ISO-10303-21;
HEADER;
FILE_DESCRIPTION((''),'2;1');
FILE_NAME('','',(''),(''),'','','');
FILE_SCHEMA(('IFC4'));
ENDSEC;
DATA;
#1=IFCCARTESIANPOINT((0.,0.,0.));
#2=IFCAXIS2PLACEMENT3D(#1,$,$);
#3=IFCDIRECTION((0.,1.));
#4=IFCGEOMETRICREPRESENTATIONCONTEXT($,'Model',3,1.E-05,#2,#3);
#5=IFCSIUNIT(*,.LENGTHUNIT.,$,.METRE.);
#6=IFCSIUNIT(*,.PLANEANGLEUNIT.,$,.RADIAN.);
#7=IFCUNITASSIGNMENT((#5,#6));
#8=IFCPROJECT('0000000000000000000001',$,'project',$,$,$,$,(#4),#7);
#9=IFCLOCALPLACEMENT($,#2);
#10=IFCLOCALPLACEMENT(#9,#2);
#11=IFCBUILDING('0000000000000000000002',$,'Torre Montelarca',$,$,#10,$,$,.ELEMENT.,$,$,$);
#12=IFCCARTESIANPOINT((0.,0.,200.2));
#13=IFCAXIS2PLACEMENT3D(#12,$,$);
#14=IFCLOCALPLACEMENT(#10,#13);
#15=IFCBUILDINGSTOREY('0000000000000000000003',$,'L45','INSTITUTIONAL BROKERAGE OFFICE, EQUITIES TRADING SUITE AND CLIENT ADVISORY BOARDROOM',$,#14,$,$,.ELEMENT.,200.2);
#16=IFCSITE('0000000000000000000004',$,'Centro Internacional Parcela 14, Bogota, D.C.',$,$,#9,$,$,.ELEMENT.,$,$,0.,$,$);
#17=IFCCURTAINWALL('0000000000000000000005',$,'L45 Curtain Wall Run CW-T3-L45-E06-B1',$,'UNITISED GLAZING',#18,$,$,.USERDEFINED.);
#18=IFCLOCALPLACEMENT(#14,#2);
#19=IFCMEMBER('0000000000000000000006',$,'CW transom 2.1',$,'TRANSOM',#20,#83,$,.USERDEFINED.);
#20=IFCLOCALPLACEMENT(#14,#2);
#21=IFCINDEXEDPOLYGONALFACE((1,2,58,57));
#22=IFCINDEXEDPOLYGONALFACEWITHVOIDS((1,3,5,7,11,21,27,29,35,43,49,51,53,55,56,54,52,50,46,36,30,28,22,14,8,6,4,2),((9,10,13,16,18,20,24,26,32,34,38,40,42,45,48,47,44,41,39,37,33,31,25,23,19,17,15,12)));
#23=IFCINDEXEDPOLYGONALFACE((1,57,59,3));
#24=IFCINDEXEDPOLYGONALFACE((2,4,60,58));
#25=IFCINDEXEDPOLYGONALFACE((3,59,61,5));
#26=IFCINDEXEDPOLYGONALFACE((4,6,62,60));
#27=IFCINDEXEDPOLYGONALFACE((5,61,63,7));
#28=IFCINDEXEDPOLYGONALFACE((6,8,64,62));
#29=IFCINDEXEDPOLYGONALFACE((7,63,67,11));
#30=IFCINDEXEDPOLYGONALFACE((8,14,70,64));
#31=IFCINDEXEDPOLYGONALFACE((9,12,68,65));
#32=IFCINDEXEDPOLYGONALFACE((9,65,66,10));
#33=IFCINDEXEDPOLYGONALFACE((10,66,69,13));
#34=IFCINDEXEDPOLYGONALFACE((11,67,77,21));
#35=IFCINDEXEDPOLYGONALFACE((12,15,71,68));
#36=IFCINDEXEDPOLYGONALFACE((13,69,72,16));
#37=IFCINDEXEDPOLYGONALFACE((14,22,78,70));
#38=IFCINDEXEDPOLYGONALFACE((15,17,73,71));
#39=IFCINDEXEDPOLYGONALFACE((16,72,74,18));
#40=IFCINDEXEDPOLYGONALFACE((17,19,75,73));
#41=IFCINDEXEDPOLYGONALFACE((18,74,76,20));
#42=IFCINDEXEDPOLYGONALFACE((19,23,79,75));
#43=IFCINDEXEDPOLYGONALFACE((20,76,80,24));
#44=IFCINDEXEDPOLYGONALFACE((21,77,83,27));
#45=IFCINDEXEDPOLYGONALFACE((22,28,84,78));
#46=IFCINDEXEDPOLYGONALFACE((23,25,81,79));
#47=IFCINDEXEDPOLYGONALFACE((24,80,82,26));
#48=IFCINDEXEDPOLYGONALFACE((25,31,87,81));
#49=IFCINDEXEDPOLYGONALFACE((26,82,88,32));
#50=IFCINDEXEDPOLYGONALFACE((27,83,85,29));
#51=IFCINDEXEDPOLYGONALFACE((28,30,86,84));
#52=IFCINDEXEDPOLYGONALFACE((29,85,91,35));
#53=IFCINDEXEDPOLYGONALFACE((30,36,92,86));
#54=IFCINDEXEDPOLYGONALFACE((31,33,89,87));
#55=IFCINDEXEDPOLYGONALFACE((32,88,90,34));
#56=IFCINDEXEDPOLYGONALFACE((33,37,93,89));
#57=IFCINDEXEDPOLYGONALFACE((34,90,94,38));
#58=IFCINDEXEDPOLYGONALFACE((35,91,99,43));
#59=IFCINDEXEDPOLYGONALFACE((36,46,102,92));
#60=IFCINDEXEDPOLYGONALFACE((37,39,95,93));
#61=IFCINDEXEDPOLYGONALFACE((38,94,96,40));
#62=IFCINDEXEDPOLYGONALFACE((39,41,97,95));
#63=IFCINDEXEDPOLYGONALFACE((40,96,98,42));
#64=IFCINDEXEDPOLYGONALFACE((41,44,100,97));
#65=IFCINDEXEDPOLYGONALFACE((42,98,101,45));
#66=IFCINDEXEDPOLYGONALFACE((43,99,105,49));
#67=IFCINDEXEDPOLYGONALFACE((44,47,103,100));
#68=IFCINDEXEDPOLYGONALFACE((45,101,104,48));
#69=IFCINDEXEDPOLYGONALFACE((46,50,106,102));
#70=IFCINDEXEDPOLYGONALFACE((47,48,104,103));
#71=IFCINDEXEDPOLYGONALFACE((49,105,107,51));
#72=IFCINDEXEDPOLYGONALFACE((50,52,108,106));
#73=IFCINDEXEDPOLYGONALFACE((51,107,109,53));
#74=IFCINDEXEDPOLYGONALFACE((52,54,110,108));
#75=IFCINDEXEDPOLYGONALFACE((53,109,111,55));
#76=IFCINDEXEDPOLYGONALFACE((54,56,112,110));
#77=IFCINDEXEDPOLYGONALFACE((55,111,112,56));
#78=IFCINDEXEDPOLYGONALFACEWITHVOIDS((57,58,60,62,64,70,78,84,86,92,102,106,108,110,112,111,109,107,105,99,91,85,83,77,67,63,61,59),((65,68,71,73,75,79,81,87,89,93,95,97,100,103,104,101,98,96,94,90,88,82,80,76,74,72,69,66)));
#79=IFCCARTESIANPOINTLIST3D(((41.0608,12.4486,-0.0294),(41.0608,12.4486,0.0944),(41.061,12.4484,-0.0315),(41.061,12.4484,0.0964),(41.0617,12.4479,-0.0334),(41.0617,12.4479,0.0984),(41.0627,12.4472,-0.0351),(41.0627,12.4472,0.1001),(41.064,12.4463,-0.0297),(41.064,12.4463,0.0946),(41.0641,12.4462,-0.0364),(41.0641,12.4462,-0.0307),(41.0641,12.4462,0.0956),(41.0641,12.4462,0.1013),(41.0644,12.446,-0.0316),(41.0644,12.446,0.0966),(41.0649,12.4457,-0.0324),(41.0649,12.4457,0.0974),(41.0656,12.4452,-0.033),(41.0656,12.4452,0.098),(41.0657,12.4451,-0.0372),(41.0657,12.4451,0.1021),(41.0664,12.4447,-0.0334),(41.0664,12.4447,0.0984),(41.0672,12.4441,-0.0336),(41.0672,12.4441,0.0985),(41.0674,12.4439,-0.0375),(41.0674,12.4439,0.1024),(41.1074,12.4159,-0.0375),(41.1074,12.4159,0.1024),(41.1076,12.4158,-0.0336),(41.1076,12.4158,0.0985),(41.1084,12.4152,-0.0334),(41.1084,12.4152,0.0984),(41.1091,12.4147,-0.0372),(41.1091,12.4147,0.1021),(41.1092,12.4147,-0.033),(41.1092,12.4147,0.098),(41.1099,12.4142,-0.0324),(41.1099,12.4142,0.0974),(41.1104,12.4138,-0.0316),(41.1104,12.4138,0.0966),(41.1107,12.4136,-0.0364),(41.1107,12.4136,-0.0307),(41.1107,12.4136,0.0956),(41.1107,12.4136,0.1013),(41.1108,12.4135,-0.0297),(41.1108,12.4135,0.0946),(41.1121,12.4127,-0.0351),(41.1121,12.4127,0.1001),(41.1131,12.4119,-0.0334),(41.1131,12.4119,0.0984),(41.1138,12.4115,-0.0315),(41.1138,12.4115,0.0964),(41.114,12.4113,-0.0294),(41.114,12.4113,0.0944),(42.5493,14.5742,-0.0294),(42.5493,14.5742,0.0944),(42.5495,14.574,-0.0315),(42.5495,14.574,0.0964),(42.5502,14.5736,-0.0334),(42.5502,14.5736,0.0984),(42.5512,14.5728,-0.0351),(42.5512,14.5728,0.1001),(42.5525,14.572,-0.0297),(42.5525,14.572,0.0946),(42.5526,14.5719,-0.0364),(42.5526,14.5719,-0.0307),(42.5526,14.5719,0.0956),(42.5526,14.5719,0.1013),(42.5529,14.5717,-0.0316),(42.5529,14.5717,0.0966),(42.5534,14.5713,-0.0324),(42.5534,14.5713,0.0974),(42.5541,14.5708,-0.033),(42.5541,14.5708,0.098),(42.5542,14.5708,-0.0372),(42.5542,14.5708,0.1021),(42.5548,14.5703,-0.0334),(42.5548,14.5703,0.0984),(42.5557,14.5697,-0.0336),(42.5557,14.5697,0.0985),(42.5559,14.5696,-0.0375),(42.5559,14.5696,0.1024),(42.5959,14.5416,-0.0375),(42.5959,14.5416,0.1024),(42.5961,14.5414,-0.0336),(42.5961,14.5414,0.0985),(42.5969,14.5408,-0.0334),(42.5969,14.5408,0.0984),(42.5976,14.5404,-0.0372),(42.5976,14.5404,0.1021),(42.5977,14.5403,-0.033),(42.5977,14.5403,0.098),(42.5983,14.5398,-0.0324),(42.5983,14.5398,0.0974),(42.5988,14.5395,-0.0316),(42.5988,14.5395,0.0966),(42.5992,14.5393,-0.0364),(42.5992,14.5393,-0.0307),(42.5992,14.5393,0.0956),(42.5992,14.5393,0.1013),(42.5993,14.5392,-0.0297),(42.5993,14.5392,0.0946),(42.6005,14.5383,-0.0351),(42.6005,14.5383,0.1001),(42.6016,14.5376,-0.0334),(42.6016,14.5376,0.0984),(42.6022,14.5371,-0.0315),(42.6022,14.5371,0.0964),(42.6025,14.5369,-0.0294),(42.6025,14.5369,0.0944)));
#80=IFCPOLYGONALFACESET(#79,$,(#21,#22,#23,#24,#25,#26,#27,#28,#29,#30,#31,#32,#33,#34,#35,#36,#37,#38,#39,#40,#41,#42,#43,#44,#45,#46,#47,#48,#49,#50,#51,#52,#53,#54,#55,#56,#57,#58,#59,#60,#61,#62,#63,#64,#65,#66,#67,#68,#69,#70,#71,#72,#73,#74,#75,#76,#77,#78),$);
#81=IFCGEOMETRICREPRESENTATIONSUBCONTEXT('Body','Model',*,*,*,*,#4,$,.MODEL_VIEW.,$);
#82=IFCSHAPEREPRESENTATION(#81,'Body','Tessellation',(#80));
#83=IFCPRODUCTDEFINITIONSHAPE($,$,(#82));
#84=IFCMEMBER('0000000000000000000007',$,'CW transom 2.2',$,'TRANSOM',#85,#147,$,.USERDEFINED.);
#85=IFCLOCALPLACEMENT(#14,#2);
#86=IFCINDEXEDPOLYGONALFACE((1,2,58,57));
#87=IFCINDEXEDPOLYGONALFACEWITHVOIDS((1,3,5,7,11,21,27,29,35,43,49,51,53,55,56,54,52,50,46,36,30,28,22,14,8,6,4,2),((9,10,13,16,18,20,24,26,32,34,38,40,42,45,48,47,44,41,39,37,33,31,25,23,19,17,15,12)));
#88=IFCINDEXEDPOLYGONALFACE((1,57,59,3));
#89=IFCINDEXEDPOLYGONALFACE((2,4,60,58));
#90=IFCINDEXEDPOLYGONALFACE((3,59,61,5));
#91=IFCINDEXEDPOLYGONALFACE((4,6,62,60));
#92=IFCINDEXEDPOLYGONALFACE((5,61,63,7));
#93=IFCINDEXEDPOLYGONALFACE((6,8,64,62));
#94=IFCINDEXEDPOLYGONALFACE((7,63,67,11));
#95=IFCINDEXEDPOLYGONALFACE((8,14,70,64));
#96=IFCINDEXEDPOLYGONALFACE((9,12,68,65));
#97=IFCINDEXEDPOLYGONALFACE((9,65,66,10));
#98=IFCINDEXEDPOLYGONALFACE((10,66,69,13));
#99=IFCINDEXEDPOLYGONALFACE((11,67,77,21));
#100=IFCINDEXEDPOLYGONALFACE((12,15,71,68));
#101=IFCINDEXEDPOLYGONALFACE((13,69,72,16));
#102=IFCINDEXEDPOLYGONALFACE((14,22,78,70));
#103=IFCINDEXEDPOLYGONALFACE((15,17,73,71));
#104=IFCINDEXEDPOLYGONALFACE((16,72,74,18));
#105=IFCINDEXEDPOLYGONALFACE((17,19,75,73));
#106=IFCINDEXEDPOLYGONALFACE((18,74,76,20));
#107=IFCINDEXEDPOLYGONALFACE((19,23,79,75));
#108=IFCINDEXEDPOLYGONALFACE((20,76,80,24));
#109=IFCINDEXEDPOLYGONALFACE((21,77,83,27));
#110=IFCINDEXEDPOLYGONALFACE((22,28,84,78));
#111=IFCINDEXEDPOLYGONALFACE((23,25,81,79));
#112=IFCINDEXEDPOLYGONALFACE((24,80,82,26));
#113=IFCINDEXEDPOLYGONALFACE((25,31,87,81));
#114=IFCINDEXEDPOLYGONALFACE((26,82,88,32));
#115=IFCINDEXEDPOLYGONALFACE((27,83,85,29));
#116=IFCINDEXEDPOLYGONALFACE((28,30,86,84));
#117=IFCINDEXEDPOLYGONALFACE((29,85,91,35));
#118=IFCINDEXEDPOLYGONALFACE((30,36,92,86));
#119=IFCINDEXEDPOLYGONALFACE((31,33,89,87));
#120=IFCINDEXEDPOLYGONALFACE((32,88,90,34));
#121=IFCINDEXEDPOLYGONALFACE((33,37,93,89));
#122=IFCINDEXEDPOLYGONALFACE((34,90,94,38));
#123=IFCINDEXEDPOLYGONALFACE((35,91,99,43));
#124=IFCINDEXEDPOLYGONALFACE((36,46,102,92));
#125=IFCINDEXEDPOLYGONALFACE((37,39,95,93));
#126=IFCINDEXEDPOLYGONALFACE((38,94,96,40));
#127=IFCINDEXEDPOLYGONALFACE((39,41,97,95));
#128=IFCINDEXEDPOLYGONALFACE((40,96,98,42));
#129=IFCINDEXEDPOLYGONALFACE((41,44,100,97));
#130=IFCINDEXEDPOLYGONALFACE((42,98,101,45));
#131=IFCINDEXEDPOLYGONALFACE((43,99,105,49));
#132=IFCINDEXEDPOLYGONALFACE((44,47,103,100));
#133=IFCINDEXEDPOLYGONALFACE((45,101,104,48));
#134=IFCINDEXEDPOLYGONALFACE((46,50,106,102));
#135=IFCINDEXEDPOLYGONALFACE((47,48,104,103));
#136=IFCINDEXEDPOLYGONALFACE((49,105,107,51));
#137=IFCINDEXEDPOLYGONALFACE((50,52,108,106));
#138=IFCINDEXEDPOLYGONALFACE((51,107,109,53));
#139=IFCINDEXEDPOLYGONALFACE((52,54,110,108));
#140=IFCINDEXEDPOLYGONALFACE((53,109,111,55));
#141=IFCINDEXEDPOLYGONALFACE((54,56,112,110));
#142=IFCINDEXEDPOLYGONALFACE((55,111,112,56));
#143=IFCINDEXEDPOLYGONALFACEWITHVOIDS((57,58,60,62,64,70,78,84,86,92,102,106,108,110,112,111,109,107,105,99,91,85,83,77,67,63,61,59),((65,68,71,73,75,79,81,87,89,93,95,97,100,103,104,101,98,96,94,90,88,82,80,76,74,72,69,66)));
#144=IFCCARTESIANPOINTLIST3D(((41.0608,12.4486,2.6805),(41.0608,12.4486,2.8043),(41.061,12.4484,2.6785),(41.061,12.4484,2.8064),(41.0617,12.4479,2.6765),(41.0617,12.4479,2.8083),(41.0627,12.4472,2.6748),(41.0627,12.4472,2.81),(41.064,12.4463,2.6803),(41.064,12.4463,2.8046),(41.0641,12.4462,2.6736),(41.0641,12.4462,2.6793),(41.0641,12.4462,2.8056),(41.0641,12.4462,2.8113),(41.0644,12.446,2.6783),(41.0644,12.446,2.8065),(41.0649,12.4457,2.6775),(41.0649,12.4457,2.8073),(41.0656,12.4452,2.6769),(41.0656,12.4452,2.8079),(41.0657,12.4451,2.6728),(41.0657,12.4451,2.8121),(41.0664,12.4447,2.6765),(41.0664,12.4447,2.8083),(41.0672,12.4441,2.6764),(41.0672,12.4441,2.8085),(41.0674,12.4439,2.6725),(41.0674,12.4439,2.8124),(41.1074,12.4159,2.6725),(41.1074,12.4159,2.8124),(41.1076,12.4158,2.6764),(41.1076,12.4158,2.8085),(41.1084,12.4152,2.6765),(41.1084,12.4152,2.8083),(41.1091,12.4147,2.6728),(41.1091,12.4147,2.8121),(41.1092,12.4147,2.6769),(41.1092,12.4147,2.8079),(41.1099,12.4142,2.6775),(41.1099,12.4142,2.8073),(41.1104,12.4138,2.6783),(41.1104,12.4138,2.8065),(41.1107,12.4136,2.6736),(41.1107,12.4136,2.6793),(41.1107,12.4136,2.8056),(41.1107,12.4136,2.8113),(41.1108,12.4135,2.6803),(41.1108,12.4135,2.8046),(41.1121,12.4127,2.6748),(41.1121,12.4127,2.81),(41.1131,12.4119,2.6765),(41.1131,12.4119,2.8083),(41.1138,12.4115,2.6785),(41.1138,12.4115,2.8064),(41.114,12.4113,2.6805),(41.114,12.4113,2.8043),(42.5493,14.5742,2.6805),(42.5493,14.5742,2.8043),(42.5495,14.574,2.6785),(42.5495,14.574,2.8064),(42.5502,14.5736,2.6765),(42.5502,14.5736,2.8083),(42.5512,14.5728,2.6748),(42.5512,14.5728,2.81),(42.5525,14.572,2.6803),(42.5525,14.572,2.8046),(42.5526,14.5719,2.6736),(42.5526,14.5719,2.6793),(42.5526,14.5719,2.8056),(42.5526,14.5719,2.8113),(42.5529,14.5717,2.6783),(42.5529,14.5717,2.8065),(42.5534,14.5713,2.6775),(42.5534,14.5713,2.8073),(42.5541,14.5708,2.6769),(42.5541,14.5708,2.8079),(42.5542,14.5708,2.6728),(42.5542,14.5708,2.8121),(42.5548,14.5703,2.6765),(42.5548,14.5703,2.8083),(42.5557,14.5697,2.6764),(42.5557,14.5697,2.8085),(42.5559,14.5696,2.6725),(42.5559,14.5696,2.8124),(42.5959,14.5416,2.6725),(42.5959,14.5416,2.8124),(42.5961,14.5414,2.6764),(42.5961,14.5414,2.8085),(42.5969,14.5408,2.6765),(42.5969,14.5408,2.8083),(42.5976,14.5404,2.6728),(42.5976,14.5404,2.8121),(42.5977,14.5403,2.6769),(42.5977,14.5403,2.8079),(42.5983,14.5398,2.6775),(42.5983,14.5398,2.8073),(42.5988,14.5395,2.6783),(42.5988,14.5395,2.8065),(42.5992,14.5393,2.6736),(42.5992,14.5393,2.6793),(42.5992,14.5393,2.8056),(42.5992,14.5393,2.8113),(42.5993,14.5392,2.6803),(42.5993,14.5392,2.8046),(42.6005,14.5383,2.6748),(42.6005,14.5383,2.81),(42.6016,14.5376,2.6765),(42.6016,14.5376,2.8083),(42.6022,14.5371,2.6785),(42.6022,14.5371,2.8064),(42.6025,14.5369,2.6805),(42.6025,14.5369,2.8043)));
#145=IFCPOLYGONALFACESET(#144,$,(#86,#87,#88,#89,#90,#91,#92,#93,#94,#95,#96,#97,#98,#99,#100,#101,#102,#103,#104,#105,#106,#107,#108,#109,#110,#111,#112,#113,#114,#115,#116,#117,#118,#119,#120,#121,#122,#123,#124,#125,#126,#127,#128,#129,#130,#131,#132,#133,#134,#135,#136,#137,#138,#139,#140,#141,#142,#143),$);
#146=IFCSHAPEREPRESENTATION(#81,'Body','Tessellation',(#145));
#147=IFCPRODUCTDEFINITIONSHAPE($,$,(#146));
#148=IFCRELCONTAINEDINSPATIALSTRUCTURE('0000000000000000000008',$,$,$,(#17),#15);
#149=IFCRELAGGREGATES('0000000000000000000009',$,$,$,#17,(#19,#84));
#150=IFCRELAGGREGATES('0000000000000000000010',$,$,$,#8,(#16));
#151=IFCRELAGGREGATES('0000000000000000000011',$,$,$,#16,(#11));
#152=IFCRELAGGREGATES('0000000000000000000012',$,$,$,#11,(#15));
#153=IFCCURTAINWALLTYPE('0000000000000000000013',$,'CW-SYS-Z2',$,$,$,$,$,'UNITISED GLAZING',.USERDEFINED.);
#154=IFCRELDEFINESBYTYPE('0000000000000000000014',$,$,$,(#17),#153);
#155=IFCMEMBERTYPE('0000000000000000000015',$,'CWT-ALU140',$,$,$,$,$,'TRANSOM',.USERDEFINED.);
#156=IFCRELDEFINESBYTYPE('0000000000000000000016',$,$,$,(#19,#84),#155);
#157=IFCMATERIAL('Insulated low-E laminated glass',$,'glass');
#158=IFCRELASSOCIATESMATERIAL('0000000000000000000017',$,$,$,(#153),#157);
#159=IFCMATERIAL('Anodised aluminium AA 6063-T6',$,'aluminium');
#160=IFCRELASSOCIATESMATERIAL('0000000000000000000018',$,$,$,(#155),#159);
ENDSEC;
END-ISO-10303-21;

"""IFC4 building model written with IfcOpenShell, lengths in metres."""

from ifc_helpers import new_model, si_unit, direction, frame, origin, origin_2d, place, context, subcontext, project, spatial, hollow_rectangle, extrude, source, transform, mapped, material, material_profile, profile_set, type_object, element, aggregate, save


model = new_model("IFC4")

# Units and contexts
model_context = context("Model", 3, precision=1e-05, world=origin(), true_north=direction((0.0, 1.0)))
body_context = subcontext(model_context, "Body", "Model", "MODEL_VIEW")
ifc_project = project(units=[si_unit("LENGTHUNIT", "METRE"), si_unit("PLANEANGLEUNIT", "RADIAN")], contexts=[model_context])

# Site, building, storey
site_placement = place(None, origin())
site = spatial("IfcSite", under=ifc_project, at=site_placement, Name="Centro Internacional Parcela 14, Bogota, D.C.", CompositionType="ELEMENT", RefElevation=0.0)
building_placement = place(site_placement, origin())
building = spatial("IfcBuilding", under=site, at=building_placement, Name="Torre Montelarca", CompositionType="ELEMENT")
storey_placement = place(building_placement, frame((0.0, 0.0, 200.2)))
storey = spatial("IfcBuildingStorey", under=building, at=storey_placement, Name="L45", Description="INSTITUTIONAL BROKERAGE OFFICE, EQUITIES TRADING SUITE AND CLIENT ADVISORY BOARDROOM", CompositionType="ELEMENT", Elevation=200.2)

# Shared definitions
ifc_material_1 = material(Name="Insulated low-E laminated glass", Category="glass")
curtain_wall_type = type_object("IfcCurtainWallType", Name="CW-SYS-Z2", ElementType="UNITISED GLAZING", PredefinedType="USERDEFINED", material=ifc_material_1)
ifc_material_2 = material(Name="Anodised aluminium AA 6063-T6", Category="aluminium")
ifc_material_profile_1 = material_profile(ifc_material_2, hollow_rectangle(XDim=0.0649, YDim=0.1399, WallThickness=0.0039, InnerFilletRadius=0.0039, OuterFilletRadius=0.0081, at=origin_2d()), Name="ALU65X140X4", Category="aluminium")
ifc_profile_set_1 = profile_set([ifc_material_profile_1], Name="Anodised aluminium AA 6063-T6")
member_type_1 = type_object("IfcMemberType", Name="CWT-ALU140", ElementType="TRANSOM", PredefinedType="USERDEFINED", material=ifc_profile_set_1)

# Curtain wall
curtain_wall_1_placement = place(storey_placement, origin())
curtain_wall_1 = element("IfcCurtainWall", 1, at=curtain_wall_1_placement, inside=storey, type_object=curtain_wall_type, Name="L45 Curtain Wall Run CW-T3-L45-E06-B1", ObjectType="UNITISED GLAZING", PredefinedType="USERDEFINED")

# Members
shared_shape_1 = source(origin(), body_context, "Body", "SweptSolid", [
    extrude(hollow_rectangle(XDim=0.0649, YDim=0.1399, WallThickness=0.0039, InnerFilletRadius=0.0039, OuterFilletRadius=0.0081, at=origin_2d()), origin(), (0.0, 0.0, 1.0), 2.595),
])
member_1_placement = place(storey_placement, frame((41.0874, 12.4299, 0.0325), z_axis=(0.573595, 0.819139, 0.0), x_axis=(-0.819139, 0.573595, 0.0)))
member_1 = element("IfcMember", 2, at=member_1_placement, type_object=member_type_1, Name="CW transom 2.1", ObjectType="TRANSOM", PredefinedType="USERDEFINED", context=body_context, shape_type="MappedRepresentation", body=[
    mapped(shared_shape_1, transform((0.0, 0.0, 0.0), scale=1.0)),
])
member_2_placement = place(storey_placement, frame((41.0874, 12.4299, 2.7424), z_axis=(0.573595, 0.819139, 0.0), x_axis=(-0.819139, 0.573595, 0.0)))
member_2 = element("IfcMember", 3, at=member_2_placement, type_object=member_type_1, Name="CW transom 2.2", ObjectType="TRANSOM", PredefinedType="USERDEFINED", context=body_context, shape_type="MappedRepresentation", body=[
    mapped(shared_shape_1, transform((0.0, 0.0, 0.0), scale=1.0)),
])

aggregate(curtain_wall_1, [member_1, member_2])

save(model, "model.ifc")
